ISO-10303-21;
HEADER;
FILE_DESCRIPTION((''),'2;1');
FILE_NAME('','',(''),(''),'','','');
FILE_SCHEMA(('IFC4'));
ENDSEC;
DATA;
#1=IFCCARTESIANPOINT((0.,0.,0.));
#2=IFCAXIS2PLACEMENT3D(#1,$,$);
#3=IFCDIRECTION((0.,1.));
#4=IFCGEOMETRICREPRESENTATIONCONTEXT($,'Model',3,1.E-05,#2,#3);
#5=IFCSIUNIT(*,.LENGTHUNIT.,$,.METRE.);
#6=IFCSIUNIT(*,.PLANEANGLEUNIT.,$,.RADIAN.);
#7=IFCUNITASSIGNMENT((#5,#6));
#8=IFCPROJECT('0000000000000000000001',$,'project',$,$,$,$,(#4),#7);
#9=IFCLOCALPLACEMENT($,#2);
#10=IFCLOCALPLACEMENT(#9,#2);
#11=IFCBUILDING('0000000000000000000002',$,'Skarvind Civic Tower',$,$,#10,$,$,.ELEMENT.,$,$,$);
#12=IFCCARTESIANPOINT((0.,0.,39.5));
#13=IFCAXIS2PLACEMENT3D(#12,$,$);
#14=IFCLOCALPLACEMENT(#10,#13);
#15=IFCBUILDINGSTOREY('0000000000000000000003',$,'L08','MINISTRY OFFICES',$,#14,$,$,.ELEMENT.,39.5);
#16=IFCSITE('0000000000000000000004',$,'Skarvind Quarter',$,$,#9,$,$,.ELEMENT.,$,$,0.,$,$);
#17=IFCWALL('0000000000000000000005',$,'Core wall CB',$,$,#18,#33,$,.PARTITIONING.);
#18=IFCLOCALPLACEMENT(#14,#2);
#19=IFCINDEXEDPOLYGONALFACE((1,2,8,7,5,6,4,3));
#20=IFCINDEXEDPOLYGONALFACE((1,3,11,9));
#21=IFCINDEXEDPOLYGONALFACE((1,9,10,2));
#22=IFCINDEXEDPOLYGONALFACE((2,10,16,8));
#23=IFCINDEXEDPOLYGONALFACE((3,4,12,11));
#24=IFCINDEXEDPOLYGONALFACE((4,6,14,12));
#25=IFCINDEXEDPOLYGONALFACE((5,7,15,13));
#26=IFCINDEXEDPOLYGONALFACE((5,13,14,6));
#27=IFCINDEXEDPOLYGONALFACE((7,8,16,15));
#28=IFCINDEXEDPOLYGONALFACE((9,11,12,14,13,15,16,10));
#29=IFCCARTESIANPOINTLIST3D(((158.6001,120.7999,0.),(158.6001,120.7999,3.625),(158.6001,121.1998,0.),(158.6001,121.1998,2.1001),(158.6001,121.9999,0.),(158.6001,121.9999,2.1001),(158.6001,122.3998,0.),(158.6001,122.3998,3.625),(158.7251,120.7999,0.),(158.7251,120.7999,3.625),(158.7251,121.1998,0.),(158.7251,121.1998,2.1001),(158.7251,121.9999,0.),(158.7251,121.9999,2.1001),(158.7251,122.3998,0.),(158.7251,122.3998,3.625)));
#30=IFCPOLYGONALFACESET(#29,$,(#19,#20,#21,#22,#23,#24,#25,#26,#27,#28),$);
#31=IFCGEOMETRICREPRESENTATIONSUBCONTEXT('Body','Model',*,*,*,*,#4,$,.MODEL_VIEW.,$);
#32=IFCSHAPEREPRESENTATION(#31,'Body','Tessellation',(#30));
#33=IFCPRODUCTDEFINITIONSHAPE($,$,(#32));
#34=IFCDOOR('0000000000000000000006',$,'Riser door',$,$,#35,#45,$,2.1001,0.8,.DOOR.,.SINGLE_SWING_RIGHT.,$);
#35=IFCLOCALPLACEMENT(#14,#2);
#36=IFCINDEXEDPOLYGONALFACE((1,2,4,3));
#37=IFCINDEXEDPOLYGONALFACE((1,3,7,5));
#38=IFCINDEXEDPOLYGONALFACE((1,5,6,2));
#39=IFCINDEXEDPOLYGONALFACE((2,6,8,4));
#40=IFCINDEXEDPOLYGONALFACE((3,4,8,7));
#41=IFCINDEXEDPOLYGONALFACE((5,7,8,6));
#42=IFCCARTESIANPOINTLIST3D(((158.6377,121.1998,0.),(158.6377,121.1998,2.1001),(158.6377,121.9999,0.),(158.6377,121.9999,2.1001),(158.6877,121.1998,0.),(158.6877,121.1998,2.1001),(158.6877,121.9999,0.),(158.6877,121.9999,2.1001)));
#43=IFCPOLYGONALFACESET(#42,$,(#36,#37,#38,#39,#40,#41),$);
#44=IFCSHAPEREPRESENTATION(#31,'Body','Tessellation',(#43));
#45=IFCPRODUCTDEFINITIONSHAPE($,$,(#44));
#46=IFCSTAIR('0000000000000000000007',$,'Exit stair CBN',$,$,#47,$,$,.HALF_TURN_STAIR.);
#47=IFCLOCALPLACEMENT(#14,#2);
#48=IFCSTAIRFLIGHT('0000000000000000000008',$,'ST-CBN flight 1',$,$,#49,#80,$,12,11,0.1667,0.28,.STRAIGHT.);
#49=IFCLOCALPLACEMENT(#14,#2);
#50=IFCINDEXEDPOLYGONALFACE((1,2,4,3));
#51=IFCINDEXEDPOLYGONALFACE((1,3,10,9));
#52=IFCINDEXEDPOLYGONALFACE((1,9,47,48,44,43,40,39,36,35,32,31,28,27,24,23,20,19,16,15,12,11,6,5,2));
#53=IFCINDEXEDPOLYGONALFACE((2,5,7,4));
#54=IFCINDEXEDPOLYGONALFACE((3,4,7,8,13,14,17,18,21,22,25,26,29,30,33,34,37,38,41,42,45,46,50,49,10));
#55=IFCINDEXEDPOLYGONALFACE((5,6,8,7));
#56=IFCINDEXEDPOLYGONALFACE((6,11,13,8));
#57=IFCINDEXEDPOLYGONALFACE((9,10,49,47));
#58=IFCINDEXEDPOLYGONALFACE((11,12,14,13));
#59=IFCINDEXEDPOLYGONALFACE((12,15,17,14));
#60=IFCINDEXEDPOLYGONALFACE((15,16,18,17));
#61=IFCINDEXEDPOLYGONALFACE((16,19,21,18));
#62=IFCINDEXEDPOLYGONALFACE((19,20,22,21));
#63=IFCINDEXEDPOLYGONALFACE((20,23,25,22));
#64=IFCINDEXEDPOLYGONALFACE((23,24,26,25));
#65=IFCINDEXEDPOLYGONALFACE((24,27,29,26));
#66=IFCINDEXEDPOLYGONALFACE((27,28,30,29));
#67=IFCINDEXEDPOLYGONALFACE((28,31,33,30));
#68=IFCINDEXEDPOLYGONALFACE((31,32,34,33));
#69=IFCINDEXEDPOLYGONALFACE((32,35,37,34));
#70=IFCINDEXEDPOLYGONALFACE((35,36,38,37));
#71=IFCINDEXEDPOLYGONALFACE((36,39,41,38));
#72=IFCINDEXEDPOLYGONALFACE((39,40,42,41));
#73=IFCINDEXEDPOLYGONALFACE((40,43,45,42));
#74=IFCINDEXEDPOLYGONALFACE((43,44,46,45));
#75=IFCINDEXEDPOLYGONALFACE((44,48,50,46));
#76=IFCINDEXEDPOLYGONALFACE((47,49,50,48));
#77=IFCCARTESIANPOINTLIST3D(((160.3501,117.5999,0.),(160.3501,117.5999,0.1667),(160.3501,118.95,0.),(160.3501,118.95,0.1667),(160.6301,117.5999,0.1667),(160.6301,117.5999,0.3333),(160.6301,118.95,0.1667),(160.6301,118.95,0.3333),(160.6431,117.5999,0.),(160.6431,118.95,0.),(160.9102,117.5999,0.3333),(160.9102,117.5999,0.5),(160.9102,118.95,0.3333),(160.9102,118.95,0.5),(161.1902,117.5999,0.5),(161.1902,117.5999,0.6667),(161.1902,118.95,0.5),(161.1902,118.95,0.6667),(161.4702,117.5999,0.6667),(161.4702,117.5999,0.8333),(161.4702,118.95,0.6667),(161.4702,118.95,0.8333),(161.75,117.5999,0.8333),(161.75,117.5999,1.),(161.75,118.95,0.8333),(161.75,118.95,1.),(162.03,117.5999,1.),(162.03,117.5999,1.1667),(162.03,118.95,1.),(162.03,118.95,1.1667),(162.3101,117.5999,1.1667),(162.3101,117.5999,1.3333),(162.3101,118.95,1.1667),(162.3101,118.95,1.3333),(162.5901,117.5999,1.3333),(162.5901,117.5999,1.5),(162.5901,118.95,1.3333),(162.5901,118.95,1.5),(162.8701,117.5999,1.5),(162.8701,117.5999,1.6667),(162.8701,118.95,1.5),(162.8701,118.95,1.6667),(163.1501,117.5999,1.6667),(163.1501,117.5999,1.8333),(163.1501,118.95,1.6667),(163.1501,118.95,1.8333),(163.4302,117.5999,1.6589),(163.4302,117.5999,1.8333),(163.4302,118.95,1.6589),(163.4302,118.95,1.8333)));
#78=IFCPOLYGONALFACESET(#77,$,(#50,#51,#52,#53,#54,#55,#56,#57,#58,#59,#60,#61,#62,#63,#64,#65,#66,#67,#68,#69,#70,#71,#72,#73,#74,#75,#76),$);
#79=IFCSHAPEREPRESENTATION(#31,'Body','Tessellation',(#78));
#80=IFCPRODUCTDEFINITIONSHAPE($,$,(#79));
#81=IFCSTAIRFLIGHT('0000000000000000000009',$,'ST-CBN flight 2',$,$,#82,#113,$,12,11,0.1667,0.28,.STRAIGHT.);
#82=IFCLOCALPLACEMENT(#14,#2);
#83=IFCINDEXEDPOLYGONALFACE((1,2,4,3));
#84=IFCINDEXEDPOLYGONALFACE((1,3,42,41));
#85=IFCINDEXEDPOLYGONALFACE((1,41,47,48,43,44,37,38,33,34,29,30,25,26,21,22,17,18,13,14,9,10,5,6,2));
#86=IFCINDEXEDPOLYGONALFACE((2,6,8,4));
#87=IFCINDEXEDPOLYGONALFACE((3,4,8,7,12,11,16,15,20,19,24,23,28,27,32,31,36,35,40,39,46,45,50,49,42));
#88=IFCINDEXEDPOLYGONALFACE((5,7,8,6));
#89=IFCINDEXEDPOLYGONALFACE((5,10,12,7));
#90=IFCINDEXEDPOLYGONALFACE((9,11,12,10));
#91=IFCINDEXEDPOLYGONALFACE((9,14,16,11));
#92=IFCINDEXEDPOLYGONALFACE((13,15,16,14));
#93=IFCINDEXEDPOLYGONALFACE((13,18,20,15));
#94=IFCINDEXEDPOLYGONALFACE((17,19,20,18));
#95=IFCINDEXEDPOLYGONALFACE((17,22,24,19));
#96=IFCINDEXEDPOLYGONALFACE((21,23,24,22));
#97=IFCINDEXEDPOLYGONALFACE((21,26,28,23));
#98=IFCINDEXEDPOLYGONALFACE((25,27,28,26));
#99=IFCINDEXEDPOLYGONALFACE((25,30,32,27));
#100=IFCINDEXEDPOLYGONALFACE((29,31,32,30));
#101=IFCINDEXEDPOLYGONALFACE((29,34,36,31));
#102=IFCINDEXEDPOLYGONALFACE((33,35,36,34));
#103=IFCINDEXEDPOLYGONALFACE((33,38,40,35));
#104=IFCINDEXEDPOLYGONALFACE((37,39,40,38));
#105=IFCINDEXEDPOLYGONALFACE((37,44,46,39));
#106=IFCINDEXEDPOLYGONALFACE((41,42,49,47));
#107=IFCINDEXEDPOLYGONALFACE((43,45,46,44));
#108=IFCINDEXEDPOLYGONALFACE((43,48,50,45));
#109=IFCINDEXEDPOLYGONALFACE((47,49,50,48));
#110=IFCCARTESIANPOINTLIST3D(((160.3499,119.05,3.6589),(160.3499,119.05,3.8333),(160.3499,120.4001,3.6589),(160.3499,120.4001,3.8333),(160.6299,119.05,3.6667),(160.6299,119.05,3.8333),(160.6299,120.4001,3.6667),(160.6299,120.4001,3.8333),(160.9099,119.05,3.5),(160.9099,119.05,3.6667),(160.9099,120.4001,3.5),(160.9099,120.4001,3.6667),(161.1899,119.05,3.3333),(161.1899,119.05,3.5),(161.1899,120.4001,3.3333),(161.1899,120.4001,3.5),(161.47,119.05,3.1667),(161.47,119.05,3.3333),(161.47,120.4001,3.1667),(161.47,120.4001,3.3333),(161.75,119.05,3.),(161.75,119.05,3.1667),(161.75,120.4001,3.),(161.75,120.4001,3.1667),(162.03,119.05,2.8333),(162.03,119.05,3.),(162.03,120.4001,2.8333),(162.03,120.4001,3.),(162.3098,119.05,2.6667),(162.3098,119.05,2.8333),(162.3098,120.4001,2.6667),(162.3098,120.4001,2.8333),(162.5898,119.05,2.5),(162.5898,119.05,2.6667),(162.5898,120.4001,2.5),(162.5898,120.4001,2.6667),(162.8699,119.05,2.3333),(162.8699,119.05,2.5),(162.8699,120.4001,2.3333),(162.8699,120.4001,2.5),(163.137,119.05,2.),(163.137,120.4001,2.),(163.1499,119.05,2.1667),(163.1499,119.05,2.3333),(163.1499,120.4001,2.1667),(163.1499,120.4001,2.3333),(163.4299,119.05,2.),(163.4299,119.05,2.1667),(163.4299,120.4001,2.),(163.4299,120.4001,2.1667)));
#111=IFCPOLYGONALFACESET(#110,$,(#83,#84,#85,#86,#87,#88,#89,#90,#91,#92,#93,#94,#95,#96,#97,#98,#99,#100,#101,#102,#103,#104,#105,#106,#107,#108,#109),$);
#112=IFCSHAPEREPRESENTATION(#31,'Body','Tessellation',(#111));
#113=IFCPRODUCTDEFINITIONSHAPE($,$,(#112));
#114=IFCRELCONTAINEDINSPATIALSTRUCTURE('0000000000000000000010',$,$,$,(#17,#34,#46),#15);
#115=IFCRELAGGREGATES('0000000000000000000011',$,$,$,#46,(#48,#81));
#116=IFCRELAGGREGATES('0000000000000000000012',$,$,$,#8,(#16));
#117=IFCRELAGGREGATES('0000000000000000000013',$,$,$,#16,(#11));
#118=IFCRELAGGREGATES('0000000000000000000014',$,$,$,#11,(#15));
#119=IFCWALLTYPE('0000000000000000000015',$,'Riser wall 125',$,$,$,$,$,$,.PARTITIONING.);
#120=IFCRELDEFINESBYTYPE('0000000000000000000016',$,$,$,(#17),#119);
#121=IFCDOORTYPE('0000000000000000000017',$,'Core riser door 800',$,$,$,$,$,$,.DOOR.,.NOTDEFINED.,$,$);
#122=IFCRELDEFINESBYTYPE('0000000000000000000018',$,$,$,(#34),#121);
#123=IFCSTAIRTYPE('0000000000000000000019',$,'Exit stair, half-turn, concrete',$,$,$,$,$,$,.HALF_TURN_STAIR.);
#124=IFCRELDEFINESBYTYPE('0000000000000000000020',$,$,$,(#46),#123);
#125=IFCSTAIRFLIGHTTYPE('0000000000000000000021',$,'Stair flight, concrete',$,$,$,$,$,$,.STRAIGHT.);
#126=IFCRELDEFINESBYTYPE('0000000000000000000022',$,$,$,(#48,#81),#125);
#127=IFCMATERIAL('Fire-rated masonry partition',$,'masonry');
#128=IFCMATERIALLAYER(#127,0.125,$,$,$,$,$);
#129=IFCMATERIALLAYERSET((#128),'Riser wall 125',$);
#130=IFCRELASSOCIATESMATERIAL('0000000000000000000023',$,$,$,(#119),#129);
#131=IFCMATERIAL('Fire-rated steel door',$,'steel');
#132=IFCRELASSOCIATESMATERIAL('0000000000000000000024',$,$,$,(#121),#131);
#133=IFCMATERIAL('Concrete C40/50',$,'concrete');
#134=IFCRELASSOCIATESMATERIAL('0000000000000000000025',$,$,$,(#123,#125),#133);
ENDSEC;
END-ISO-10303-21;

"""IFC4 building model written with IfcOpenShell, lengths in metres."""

from ifc_helpers import new_model, si_unit, direction, frame, frame_2d, origin, place, context, subcontext, project, spatial, polyline, rectangle, outline, extrude, material, layer, layer_set, type_object, element, fill, aggregate, save


model = new_model("IFC4")

# Units and contexts
model_context = context("Model", 3, precision=1e-05, world=origin(), true_north=direction((0.0, 1.0)))
body_context = subcontext(model_context, "Body", "Model", "MODEL_VIEW")
ifc_project = project(units=[si_unit("LENGTHUNIT", "METRE"), si_unit("PLANEANGLEUNIT", "RADIAN")], contexts=[model_context])

# Site, building, storey
site_placement = place(None, origin())
site = spatial("IfcSite", under=ifc_project, at=site_placement, Name="Skarvind Quarter", CompositionType="ELEMENT", RefElevation=0.0)
building_placement = place(site_placement, origin())
building = spatial("IfcBuilding", under=site, at=building_placement, Name="Skarvind Civic Tower", CompositionType="ELEMENT")
storey_placement = place(building_placement, frame((0.0, 0.0, 39.5)))
storey = spatial("IfcBuildingStorey", under=building, at=storey_placement, Name="L08", Description="MINISTRY OFFICES", CompositionType="ELEMENT", Elevation=39.5)

# Shared definitions
ifc_material_1 = material(Name="Fire-rated masonry partition", Category="masonry")
ifc_material_2 = material(Name="Fire-rated steel door", Category="steel")

# Wall, opening, door
ifc_layer_1 = layer(ifc_material_1, 0.125)
ifc_layer_set_1 = layer_set([ifc_layer_1], Name="Riser wall 125")
wall_type_1 = type_object("IfcWallType", Name="Riser wall 125", PredefinedType="PARTITIONING", material=ifc_layer_set_1)
wall_1_placement = place(storey_placement, frame((158.6626, 120.8, 0.0), z_axis=(0.0, 0.0, 1.0), x_axis=(0.0, 1.0, 0.0)))
wall_1 = element("IfcWall", 1, at=wall_1_placement, inside=storey, type_object=wall_type_1, Name="Core wall CB", PredefinedType="PARTITIONING", context=body_context, shape_type="SweptSolid", body=[
    extrude(rectangle(XDim=1.5999, YDim=0.125, at=frame_2d((0.7998, 0.0))), origin(), (0.0, 0.0, 1.0), 3.625),
])
opening_1_placement = place(wall_1_placement, frame((0.3999, 0.0, 0.0)))
opening_1 = element("IfcOpeningElement", 2, at=opening_1_placement, cuts=wall_1, PredefinedType="OPENING", context=body_context, shape_type="SweptSolid", body=[
    extrude(rectangle(XDim=0.8, YDim=2.1001, at=frame_2d((0.3999, 1.05))), frame((0.0, 0.0725, 0.0), z_axis=(0.0, -1.0, 0.0), x_axis=(1.0, 0.0, 0.0)), (0.0, 0.0, 1.0), 0.145),
])
door_type_1 = type_object("IfcDoorType", Name="Core riser door 800", OperationType="NOTDEFINED", PredefinedType="DOOR", material=ifc_material_2)
door_1_placement = place(opening_1_placement, origin())
door_1 = element("IfcDoor", 3, at=door_1_placement, inside=storey, type_object=door_type_1, Name="Riser door", OperationType="SINGLE_SWING_RIGHT", OverallHeight=2.1001, OverallWidth=0.8, PredefinedType="DOOR", context=body_context, shape_type="SweptSolid", body=[
    extrude(rectangle(XDim=0.8, YDim=2.1001, at=frame_2d((0.3999, 1.05))), frame((0.0, 0.0249, 0.0), z_axis=(0.0, -1.0, 0.0), x_axis=(1.0, 0.0, 0.0)), (0.0, 0.0, 1.0), 0.05),
])
fill(opening_1, door_1)

# Stair, stair flights
ifc_material_3 = material(Name="Concrete C40/50", Category="concrete")
stair_type = type_object("IfcStairType", Name="Exit stair, half-turn, concrete", PredefinedType="HALF_TURN_STAIR", material=ifc_material_3)
stair_placement = place(storey_placement, origin())
stair = element("IfcStair", 4, at=stair_placement, inside=storey, type_object=stair_type, Name="Exit stair CBN", PredefinedType="HALF_TURN_STAIR")
stair_flight_type = type_object("IfcStairFlightType", Name="Stair flight, concrete", PredefinedType="STRAIGHT", material=ifc_material_3)
stair_flight_1_placement = place(storey_placement, frame((160.3501, 118.2749, 0.0), z_axis=(0.0, 0.0, 1.0), x_axis=(1.0, 0.0, 0.0)))
stair_flight_1 = element("IfcStairFlight", 5, at=stair_flight_1_placement, type_object=stair_flight_type, Name="ST-CBN flight 1", NumberOfRisers=12, NumberOfTreads=11, PredefinedType="STRAIGHT", RiserHeight=0.1667, TreadLength=0.28, context=body_context, shape_type="SweptSolid", body=[
    extrude(outline(polyline([(0.0, 0.0), (0.0, 0.1667), (0.28, 0.1667), (0.28, 0.3333), (0.5601, 0.3333), (0.5601, 0.5), (0.8401, 0.5), (0.8401, 0.6667), (1.1201, 0.6667), (1.1201, 0.8333), (1.3999, 0.8333), (1.3999, 1.0), (1.6799, 1.0), (1.6799, 1.1667), (1.96, 1.1667), (1.96, 1.3333), (2.24, 1.3333), (2.24, 1.5), (2.52, 1.5), (2.52, 1.6667), (2.8, 1.6667), (2.8, 1.8333), (3.0801, 1.8333), (3.0801, 2.0), (3.0801, 1.6589), (0.293, 0.0), (0.0, 0.0)])), frame((0.0, 0.675, 0.0), z_axis=(0.0, -1.0, 0.0), x_axis=(1.0, 0.0, 0.0)), (0.0, 0.0, 1.0), 1.3501),
])
stair_flight_2_placement = place(storey_placement, frame((163.4299, 119.7251, 2.0), z_axis=(0.0, 0.0, 1.0), x_axis=(-1.0, 0.0, 0.0)))
stair_flight_2 = element("IfcStairFlight", 6, at=stair_flight_2_placement, type_object=stair_flight_type, Name="ST-CBN flight 2", NumberOfRisers=12, NumberOfTreads=11, PredefinedType="STRAIGHT", RiserHeight=0.1667, TreadLength=0.28, context=body_context, shape_type="SweptSolid", body=[
    extrude(outline(polyline([(0.0, 0.0), (0.0, 0.1667), (0.28, 0.1667), (0.28, 0.3333), (0.5601, 0.3333), (0.5601, 0.5), (0.8401, 0.5), (0.8401, 0.6667), (1.1201, 0.6667), (1.1201, 0.8333), (1.3999, 0.8333), (1.3999, 1.0), (1.6799, 1.0), (1.6799, 1.1667), (1.96, 1.1667), (1.96, 1.3333), (2.24, 1.3333), (2.24, 1.5), (2.52, 1.5), (2.52, 1.6667), (2.8, 1.6667), (2.8, 1.8333), (3.0801, 1.8333), (3.0801, 2.0), (3.0801, 1.6589), (0.293, 0.0), (0.0, 0.0)])), frame((0.0, 0.675, 0.0), z_axis=(0.0, -1.0, 0.0), x_axis=(1.0, 0.0, 0.0)), (0.0, 0.0, 1.0), 1.3501),
])
aggregate(stair, [stair_flight_1, stair_flight_2])

save(model, "model.ifc")
